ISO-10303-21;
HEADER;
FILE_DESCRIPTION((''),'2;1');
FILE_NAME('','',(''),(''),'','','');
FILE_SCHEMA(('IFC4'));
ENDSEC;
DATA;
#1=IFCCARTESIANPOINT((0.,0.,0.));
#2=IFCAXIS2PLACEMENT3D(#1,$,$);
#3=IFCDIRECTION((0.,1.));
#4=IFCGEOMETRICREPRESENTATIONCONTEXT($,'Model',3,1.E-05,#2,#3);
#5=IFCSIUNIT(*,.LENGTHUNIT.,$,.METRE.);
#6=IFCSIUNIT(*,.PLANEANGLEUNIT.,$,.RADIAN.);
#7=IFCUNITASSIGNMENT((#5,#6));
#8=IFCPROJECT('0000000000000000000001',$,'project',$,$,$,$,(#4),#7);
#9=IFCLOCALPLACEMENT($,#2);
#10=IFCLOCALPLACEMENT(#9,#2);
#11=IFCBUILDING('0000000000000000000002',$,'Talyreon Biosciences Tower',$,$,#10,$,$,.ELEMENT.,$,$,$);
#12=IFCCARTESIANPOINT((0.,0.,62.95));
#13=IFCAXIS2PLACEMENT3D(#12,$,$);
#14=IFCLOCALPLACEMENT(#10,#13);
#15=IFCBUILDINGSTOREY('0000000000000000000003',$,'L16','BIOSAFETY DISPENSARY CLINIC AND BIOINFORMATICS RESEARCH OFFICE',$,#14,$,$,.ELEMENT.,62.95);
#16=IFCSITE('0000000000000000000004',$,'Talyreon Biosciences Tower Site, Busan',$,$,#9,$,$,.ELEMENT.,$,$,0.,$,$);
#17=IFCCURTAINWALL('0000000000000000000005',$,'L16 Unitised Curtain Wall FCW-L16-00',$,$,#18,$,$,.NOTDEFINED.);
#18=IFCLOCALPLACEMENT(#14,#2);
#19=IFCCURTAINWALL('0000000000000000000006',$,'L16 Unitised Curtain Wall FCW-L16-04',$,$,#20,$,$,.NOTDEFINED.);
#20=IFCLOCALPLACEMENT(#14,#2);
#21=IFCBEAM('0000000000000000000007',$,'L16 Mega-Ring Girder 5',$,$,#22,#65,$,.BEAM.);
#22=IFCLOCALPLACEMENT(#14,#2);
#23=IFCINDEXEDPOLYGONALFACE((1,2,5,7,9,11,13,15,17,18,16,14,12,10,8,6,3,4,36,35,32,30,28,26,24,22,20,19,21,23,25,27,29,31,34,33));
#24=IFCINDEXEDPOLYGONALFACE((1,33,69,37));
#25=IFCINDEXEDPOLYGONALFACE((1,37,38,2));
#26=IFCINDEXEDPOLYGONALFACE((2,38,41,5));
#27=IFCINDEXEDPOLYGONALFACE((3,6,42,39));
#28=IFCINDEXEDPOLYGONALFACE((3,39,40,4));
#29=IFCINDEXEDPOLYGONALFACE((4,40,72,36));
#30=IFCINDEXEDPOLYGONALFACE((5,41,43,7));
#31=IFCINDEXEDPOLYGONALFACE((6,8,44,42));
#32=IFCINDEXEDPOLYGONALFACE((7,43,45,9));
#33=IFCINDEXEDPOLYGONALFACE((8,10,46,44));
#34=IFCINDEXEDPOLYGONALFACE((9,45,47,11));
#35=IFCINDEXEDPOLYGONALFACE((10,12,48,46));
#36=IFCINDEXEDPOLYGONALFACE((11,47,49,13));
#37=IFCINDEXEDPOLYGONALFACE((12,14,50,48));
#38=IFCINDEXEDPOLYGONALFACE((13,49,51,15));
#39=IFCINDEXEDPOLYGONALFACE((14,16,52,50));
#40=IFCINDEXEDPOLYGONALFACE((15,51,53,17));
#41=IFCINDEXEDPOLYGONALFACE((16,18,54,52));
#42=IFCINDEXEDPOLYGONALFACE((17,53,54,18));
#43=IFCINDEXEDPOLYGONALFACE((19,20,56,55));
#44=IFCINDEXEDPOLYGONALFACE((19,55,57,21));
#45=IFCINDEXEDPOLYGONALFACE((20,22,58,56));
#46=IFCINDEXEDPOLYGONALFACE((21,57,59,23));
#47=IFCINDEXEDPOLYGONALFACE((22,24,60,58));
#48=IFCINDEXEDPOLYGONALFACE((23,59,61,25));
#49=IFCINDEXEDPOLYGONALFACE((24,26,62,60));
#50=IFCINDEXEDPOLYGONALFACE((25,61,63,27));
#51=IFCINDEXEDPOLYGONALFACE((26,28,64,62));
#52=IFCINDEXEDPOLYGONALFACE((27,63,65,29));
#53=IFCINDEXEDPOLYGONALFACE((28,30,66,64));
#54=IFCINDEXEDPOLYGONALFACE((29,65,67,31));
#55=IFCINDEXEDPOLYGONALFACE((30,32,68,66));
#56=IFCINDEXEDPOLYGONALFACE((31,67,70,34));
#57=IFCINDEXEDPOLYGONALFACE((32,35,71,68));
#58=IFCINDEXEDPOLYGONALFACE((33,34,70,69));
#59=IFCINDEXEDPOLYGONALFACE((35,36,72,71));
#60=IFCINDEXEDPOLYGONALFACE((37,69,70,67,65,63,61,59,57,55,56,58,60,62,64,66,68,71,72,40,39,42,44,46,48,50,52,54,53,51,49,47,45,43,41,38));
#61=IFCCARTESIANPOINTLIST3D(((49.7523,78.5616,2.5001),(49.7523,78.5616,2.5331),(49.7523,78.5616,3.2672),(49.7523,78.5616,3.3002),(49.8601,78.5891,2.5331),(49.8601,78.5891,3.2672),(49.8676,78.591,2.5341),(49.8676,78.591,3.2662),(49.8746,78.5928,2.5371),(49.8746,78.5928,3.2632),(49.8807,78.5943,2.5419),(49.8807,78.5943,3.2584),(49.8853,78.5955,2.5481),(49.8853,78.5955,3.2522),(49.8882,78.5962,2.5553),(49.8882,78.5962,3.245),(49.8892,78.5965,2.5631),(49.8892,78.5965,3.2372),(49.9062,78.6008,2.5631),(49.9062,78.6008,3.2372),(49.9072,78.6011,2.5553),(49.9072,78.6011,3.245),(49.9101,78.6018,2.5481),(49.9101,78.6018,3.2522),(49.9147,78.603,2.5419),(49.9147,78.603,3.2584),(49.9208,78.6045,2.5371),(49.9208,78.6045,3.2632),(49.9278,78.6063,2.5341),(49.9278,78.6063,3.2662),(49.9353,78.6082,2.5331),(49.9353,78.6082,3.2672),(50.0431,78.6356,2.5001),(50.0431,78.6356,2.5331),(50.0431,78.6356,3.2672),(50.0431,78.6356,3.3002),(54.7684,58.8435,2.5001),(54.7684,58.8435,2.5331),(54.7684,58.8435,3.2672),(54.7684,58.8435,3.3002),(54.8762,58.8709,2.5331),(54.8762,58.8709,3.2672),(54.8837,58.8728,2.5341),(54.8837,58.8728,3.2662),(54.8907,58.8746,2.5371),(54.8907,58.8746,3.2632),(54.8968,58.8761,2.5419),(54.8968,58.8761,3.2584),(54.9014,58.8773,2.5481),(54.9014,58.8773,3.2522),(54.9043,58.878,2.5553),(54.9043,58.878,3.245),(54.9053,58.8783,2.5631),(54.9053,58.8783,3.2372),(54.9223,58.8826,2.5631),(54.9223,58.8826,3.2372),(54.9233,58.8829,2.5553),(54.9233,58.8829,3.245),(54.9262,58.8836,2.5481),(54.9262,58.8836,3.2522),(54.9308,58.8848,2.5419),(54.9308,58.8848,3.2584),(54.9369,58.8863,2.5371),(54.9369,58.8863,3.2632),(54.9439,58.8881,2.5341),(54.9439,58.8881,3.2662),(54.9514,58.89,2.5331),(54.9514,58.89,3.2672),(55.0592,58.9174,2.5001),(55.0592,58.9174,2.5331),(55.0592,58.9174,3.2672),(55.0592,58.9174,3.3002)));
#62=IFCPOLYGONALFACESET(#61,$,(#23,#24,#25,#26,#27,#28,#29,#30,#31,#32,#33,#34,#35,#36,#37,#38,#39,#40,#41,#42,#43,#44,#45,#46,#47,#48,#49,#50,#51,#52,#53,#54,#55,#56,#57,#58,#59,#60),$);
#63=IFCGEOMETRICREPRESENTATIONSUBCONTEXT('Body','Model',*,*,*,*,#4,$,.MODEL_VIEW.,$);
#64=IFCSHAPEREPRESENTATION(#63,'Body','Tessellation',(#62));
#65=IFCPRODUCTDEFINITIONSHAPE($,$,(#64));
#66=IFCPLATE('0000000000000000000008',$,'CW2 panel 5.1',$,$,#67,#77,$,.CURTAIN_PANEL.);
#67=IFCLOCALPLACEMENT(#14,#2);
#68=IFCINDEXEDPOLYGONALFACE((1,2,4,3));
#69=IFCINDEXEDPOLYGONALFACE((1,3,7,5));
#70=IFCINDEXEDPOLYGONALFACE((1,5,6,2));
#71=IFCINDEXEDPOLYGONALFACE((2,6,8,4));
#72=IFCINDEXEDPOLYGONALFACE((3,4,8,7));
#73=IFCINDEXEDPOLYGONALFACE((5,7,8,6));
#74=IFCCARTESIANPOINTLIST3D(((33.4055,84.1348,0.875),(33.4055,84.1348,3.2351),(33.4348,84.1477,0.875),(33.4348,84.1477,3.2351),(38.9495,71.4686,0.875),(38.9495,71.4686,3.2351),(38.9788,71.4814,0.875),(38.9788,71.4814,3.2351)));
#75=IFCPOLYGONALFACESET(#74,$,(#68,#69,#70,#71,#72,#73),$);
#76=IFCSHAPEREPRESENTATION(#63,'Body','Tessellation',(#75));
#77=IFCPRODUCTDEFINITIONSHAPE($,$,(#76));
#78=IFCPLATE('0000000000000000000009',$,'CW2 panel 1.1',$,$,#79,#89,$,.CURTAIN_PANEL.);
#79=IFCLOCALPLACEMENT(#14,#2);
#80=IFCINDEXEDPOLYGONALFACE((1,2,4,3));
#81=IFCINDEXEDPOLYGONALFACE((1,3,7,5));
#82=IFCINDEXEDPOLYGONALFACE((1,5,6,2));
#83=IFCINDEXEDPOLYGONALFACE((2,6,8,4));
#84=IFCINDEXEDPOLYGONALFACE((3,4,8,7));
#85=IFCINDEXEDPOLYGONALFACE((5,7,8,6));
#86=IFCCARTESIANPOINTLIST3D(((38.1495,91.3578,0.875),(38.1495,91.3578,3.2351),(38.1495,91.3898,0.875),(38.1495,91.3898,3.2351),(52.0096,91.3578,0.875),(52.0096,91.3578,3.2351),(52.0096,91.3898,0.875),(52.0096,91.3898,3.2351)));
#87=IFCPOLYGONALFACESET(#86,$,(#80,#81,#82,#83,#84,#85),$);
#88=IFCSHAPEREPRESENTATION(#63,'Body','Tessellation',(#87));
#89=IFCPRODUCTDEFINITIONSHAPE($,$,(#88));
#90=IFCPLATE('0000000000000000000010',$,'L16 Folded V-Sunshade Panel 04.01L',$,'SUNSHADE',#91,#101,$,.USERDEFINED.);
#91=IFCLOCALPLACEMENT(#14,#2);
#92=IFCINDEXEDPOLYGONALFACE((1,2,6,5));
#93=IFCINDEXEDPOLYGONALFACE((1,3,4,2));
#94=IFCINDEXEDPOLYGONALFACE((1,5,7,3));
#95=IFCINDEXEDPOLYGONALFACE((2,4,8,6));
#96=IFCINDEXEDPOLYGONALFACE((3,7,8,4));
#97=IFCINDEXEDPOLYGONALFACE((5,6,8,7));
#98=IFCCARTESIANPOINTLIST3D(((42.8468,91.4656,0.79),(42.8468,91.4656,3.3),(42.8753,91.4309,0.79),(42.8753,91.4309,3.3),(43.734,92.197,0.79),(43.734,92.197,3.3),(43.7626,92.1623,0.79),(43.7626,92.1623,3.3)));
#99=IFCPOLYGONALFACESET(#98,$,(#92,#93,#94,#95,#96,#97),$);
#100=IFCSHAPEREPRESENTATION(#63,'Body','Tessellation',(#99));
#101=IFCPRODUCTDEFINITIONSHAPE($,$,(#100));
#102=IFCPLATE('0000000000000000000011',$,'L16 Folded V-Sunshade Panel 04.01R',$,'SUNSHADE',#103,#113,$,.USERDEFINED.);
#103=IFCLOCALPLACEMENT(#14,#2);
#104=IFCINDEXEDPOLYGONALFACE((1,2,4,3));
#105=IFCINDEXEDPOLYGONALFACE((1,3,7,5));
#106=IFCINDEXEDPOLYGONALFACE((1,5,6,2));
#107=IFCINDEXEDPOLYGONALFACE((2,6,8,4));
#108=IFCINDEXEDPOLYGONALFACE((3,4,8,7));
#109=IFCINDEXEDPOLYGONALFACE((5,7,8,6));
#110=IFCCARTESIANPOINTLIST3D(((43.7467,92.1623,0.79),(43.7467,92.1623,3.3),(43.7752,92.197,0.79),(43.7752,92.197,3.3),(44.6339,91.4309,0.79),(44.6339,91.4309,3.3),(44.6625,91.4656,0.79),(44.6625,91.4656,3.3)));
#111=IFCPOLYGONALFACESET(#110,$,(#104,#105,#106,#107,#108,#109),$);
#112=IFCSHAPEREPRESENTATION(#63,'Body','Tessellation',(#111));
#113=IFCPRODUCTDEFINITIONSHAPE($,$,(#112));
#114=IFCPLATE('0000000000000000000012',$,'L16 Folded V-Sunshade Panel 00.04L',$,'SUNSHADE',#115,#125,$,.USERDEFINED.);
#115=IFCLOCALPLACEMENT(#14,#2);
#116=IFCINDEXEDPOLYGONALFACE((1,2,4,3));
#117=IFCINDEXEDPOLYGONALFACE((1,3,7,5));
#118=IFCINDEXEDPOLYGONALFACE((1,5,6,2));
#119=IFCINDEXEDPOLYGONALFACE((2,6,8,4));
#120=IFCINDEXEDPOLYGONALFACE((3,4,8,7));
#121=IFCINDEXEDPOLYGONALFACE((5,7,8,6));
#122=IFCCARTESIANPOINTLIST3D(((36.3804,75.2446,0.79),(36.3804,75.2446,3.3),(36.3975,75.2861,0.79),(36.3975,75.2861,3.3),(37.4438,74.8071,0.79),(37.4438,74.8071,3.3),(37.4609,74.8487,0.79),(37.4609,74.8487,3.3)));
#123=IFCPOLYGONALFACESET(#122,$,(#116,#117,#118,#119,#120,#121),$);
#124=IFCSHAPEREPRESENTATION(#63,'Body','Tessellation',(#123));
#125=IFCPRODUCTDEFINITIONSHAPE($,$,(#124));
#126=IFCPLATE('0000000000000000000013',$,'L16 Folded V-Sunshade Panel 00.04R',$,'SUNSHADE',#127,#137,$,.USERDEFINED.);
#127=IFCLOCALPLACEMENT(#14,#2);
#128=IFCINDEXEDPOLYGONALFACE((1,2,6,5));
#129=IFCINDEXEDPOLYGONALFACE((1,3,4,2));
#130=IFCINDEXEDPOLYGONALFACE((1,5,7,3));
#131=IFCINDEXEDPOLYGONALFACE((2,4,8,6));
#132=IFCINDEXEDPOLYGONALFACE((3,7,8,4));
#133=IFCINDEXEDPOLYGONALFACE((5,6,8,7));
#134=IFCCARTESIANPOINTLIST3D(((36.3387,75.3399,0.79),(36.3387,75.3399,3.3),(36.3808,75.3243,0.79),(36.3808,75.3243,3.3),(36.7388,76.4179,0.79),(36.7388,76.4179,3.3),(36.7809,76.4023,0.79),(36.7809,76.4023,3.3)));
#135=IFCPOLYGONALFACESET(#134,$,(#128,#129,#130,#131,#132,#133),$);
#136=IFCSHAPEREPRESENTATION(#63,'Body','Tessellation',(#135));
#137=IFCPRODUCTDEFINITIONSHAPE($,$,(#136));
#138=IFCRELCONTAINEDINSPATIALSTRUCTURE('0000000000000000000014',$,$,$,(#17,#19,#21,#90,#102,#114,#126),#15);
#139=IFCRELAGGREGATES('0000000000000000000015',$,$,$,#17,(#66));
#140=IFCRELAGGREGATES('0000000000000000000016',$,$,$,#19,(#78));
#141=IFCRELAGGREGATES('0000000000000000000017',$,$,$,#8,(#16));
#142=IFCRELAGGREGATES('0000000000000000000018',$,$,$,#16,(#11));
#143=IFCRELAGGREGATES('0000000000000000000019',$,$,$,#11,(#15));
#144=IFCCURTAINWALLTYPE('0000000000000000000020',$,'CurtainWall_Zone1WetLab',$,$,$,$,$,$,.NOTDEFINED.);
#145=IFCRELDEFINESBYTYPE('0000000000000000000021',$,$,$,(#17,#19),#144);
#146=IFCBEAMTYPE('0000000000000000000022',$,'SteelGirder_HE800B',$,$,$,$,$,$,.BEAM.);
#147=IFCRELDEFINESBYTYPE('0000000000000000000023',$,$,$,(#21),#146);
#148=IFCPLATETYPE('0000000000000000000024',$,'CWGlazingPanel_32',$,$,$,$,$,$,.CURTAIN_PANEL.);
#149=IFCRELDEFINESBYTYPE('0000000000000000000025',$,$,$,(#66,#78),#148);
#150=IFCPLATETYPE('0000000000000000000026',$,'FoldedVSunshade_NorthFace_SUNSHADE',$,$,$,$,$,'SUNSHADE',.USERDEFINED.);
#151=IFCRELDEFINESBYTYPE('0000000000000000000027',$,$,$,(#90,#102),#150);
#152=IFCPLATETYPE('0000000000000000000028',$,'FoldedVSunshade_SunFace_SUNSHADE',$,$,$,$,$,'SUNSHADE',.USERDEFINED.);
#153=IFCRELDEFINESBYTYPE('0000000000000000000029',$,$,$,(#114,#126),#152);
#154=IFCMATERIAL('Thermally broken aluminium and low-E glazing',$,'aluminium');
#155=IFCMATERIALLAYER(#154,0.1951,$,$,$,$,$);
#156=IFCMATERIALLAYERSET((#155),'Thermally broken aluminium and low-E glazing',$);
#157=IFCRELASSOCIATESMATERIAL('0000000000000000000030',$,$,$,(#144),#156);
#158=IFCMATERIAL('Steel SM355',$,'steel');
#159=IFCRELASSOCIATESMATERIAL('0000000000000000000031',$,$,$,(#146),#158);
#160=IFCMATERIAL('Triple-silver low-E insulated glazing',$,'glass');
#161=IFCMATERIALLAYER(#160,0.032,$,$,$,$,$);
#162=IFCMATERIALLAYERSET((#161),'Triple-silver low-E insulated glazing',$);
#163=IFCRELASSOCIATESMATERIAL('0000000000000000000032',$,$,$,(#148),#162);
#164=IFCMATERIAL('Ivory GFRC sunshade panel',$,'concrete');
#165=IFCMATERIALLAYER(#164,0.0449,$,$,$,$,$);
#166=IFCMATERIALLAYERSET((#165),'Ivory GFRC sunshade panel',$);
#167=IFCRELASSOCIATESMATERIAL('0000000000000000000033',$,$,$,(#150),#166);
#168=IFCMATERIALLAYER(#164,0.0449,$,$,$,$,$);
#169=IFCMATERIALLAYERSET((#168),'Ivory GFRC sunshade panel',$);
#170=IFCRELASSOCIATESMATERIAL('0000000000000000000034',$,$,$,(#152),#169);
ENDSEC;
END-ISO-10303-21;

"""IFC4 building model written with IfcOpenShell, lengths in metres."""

from ifc_helpers import new_model, si_unit, direction, frame, origin, origin_2d, place, context, subcontext, project, spatial, rectangle, i_section, extrude, material, layer, layer_set, material_profile, profile_set, type_object, element, aggregate, save


model = new_model("IFC4")

# Units and contexts
model_context = context("Model", 3, precision=1e-05, world=origin(), true_north=direction((0.0, 1.0)))
body_context = subcontext(model_context, "Body", "Model", "MODEL_VIEW")
ifc_project = project(units=[si_unit("LENGTHUNIT", "METRE"), si_unit("PLANEANGLEUNIT", "RADIAN")], contexts=[model_context])

# Site, building, storey
site_placement = place(None, origin())
site = spatial("IfcSite", under=ifc_project, at=site_placement, Name="Talyreon Biosciences Tower Site, Busan", CompositionType="ELEMENT", RefElevation=0.0)
building_placement = place(site_placement, origin())
building = spatial("IfcBuilding", under=site, at=building_placement, Name="Talyreon Biosciences Tower", CompositionType="ELEMENT")
storey_placement = place(building_placement, frame((0.0, 0.0, 62.95)))
storey = spatial("IfcBuildingStorey", under=building, at=storey_placement, Name="L16", Description="BIOSAFETY DISPENSARY CLINIC AND BIOINFORMATICS RESEARCH OFFICE", CompositionType="ELEMENT", Elevation=62.95)

# Curtain wall
ifc_material_1 = material(Name="Thermally broken aluminium and low-E glazing", Category="aluminium")
ifc_layer_1 = layer(ifc_material_1, 0.1951)
ifc_layer_set_1 = layer_set([ifc_layer_1], Name="Thermally broken aluminium and low-E glazing")
curtain_wall_type = type_object("IfcCurtainWallType", Name="CurtainWall_Zone1WetLab", PredefinedType="NOTDEFINED", material=ifc_layer_set_1)
curtain_wall_1_placement = place(storey_placement, origin())
curtain_wall_1 = element("IfcCurtainWall", 1, at=curtain_wall_1_placement, inside=storey, type_object=curtain_wall_type, Name="L16 Unitised Curtain Wall FCW-L16-00", PredefinedType="NOTDEFINED")

# Curtain wall
curtain_wall_2_placement = place(storey_placement, origin())
curtain_wall_2 = element("IfcCurtainWall", 2, at=curtain_wall_2_placement, inside=storey, type_object=curtain_wall_type, Name="L16 Unitised Curtain Wall FCW-L16-04", PredefinedType="NOTDEFINED")

# Beam
ifc_material_2 = material(Name="Steel SM355", Category="steel")
ifc_material_profile_1 = material_profile(ifc_material_2, i_section(OverallWidth=0.3, OverallDepth=0.8, WebThickness=0.0176, FlangeThickness=0.033, FilletRadius=0.03, at=origin_2d()), Name="HE800B")
ifc_profile_set_1 = profile_set([ifc_material_profile_1], Name="Steel SM355")
beam_type_1 = type_object("IfcBeamType", Name="SteelGirder_HE800B", PredefinedType="BEAM", material=ifc_profile_set_1)
beam_1_placement = place(storey_placement, frame((49.8977, 78.5986, 2.9001), z_axis=(0.246537, -0.969133, 0.0), x_axis=(0.969133, 0.246537, 0.0)))
element("IfcBeam", 3, at=beam_1_placement, inside=storey, type_object=beam_type_1, Name="L16 Mega-Ring Girder 5", PredefinedType="BEAM", context=body_context, shape_type="SweptSolid", body=[
    extrude(i_section(OverallWidth=0.3, OverallDepth=0.8, WebThickness=0.0176, FlangeThickness=0.033, FilletRadius=0.03, at=origin_2d()), origin(), (0.0, 0.0, 1.0), 20.3462),
])

# Plates
ifc_material_3 = material(Name="Triple-silver low-E insulated glazing", Category="glass")
ifc_layer_2 = layer(ifc_material_3, 0.032)
ifc_layer_set_2 = layer_set([ifc_layer_2], Name="Triple-silver low-E insulated glazing")
plate_type_1 = type_object("IfcPlateType", Name="CWGlazingPanel_32", PredefinedType="CURTAIN_PANEL", material=ifc_layer_set_2)
plate_1_placement = place(storey_placement, frame((36.1921, 77.8081, 0.875), z_axis=(0.0, 0.0, 1.0), x_axis=(-0.400968, 0.916092, 0.0)))
plate_1 = element("IfcPlate", 4, at=plate_1_placement, type_object=plate_type_1, Name="CW2 panel 5.1", PredefinedType="CURTAIN_PANEL", context=body_context, shape_type="SweptSolid", body=[
    extrude(rectangle(XDim=13.8264, YDim=0.032, at=origin_2d()), origin(), (0.0, 0.0, 1.0), 2.3601),
])
aggregate(curtain_wall_1, [plate_1])
plate_2_placement = place(storey_placement, frame((45.0796, 91.3738, 0.875), z_axis=(0.0, 0.0, 1.0), x_axis=(1.0, 0.0, 0.0)))
plate_2 = element("IfcPlate", 5, at=plate_2_placement, type_object=plate_type_1, Name="CW2 panel 1.1", PredefinedType="CURTAIN_PANEL", context=body_context, shape_type="SweptSolid", body=[
    extrude(rectangle(XDim=13.8601, YDim=0.032, at=origin_2d()), origin(), (0.0, 0.0, 1.0), 2.3601),
])
aggregate(curtain_wall_2, [plate_2])

# Plates
ifc_material_4 = material(Name="Ivory GFRC sunshade panel", Category="concrete")
ifc_layer_3 = layer(ifc_material_4, 0.0449)
ifc_layer_set_3 = layer_set([ifc_layer_3], Name="Ivory GFRC sunshade panel")
plate_type_2 = type_object("IfcPlateType", Name="FoldedVSunshade_NorthFace_SUNSHADE", ElementType="SUNSHADE", PredefinedType="USERDEFINED", material=ifc_layer_set_3)
for number, where, z_axis, x_axis, name in (
    (6, (43.3047, 91.814, 0.79), (0.0, 0.0, 1.0), (0.771625, 0.636078, 0.0), "L16 Folded V-Sunshade Panel 04.01L"),
    (7, (44.2046, 91.814, 0.79), (0.0, 0.0, 1.0), (0.771625, -0.636078, 0.0), "L16 Folded V-Sunshade Panel 04.01R"),
):
    element("IfcPlate", number, at=place(storey_placement, frame(where, z_axis=z_axis, x_axis=x_axis)), inside=storey, type_object=plate_type_2, Name=name, ObjectType="SUNSHADE", PredefinedType="USERDEFINED", context=body_context, shape_type="SweptSolid", body=[
        extrude(rectangle(XDim=1.1499, YDim=0.0449, at=origin_2d()), origin(), (0.0, 0.0, 1.0), 2.51),
    ])
ifc_layer_4 = layer(ifc_material_4, 0.0449)
ifc_layer_set_4 = layer_set([ifc_layer_4], Name="Ivory GFRC sunshade panel")
plate_type_3 = type_object("IfcPlateType", Name="FoldedVSunshade_SunFace_SUNSHADE", ElementType="SUNSHADE", PredefinedType="USERDEFINED", material=ifc_layer_set_4)
for number, where, z_axis, x_axis, name in (
    (8, (36.9207, 75.0466, 0.79), (0.0, 0.0, 1.0), (-0.924805, 0.380441, 0.0), "L16 Folded V-Sunshade Panel 00.04L"),
    (9, (36.5598, 75.8711, 0.79), (0.0, 0.0, 1.0), (0.347934, 0.937519, 0.0), "L16 Folded V-Sunshade Panel 00.04R"),
):
    element("IfcPlate", number, at=place(storey_placement, frame(where, z_axis=z_axis, x_axis=x_axis)), inside=storey, type_object=plate_type_3, Name=name, ObjectType="SUNSHADE", PredefinedType="USERDEFINED", context=body_context, shape_type="SweptSolid", body=[
        extrude(rectangle(XDim=1.1499, YDim=0.0449, at=origin_2d()), origin(), (0.0, 0.0, 1.0), 2.51),
    ])

save(model, "model.ifc")
